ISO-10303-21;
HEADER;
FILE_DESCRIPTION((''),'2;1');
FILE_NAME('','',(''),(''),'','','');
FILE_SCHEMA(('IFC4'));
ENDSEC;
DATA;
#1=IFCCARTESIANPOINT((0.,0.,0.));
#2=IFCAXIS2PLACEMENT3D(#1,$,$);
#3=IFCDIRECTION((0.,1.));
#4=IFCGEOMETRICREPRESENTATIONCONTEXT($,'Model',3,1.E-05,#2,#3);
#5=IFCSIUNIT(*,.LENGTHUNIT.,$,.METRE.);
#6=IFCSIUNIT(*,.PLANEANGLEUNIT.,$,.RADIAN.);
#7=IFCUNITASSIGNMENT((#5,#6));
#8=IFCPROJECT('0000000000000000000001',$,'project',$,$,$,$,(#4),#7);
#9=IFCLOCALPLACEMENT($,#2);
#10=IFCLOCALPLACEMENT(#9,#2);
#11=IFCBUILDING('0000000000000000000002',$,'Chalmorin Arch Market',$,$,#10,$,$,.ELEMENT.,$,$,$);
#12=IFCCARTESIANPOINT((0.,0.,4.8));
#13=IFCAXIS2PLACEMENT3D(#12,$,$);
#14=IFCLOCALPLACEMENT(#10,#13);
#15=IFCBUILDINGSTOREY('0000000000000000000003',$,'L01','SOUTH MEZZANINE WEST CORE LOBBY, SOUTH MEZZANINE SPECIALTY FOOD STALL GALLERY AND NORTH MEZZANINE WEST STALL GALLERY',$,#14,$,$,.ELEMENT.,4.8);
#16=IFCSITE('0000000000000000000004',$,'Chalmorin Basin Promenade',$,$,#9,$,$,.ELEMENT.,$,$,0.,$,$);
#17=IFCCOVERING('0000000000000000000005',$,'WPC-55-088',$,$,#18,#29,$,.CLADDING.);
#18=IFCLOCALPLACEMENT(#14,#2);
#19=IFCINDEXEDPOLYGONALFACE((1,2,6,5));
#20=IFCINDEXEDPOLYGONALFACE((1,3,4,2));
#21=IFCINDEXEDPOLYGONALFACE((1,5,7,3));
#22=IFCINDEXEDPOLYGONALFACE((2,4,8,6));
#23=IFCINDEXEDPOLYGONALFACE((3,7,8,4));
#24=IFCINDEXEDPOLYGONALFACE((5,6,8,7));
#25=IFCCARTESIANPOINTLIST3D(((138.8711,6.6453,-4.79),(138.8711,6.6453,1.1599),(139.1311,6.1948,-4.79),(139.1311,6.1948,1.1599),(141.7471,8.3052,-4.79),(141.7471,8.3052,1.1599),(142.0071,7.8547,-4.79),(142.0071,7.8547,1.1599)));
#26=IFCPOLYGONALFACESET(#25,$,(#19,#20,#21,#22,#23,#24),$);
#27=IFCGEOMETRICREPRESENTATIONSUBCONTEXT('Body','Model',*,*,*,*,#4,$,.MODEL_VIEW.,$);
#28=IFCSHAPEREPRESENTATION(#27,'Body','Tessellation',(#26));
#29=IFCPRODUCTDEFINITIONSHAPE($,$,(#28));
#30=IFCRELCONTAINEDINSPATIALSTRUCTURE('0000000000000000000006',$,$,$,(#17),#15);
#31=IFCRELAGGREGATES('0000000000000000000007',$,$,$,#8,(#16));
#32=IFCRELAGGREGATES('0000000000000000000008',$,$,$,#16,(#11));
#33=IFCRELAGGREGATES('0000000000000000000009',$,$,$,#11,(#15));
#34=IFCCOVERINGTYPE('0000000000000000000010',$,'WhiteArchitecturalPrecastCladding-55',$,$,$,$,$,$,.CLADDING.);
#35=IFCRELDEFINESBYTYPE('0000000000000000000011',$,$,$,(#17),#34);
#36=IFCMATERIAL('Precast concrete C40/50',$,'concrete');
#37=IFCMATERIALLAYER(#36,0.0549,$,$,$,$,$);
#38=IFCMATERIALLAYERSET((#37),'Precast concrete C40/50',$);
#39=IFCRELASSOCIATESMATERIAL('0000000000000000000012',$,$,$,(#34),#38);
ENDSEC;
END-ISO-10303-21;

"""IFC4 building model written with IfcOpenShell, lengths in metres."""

from ifc_helpers import new_model, si_unit, direction, frame, origin, place, context, subcontext, project, spatial, polyline, outline, extrude, material, layer, layer_set, type_object, element, save


model = new_model("IFC4")

# Units and contexts
model_context = context("Model", 3, precision=1e-05, world=origin(), true_north=direction((0.0, 1.0)))
body_context = subcontext(model_context, "Body", "Model", "MODEL_VIEW")
ifc_project = project(units=[si_unit("LENGTHUNIT", "METRE"), si_unit("PLANEANGLEUNIT", "RADIAN")], contexts=[model_context])

# Site, building, storey
site_placement = place(None, origin())
site = spatial("IfcSite", under=ifc_project, at=site_placement, Name="Chalmorin Basin Promenade", CompositionType="ELEMENT", RefElevation=0.0)
building_placement = place(site_placement, origin())
building = spatial("IfcBuilding", under=site, at=building_placement, Name="Chalmorin Arch Market", CompositionType="ELEMENT")
storey_placement = place(building_placement, frame((0.0, 0.0, 4.8)))
storey = spatial("IfcBuildingStorey", under=building, at=storey_placement, Name="L01", Description="SOUTH MEZZANINE WEST CORE LOBBY, SOUTH MEZZANINE SPECIALTY FOOD STALL GALLERY AND NORTH MEZZANINE WEST STALL GALLERY", CompositionType="ELEMENT", Elevation=4.8)

# Covering
ifc_material_1 = material(Name="Precast concrete C40/50", Category="concrete")
ifc_layer_1 = layer(ifc_material_1, 0.0549)
ifc_layer_set_1 = layer_set([ifc_layer_1], Name="Precast concrete C40/50")
covering_type = type_object("IfcCoveringType", Name="WhiteArchitecturalPrecastCladding-55", PredefinedType="CLADDING", material=ifc_layer_set_1)
covering_1_placement = place(storey_placement, frame((0.0, 0.0, -4.79)))
element("IfcCovering", 1, at=covering_1_placement, inside=storey, type_object=covering_type, Name="WPC-55-088", PredefinedType="CLADDING", context=body_context, shape_type="SweptSolid", body=[
    extrude(outline(polyline([(141.7471, 8.3052), (138.8711, 6.6453), (139.1311, 6.1948), (142.0071, 7.8547), (141.7471, 8.3052)])), origin(), (0.0, 0.0, 1.0), 5.95),
])

save(model, "model.ifc")
